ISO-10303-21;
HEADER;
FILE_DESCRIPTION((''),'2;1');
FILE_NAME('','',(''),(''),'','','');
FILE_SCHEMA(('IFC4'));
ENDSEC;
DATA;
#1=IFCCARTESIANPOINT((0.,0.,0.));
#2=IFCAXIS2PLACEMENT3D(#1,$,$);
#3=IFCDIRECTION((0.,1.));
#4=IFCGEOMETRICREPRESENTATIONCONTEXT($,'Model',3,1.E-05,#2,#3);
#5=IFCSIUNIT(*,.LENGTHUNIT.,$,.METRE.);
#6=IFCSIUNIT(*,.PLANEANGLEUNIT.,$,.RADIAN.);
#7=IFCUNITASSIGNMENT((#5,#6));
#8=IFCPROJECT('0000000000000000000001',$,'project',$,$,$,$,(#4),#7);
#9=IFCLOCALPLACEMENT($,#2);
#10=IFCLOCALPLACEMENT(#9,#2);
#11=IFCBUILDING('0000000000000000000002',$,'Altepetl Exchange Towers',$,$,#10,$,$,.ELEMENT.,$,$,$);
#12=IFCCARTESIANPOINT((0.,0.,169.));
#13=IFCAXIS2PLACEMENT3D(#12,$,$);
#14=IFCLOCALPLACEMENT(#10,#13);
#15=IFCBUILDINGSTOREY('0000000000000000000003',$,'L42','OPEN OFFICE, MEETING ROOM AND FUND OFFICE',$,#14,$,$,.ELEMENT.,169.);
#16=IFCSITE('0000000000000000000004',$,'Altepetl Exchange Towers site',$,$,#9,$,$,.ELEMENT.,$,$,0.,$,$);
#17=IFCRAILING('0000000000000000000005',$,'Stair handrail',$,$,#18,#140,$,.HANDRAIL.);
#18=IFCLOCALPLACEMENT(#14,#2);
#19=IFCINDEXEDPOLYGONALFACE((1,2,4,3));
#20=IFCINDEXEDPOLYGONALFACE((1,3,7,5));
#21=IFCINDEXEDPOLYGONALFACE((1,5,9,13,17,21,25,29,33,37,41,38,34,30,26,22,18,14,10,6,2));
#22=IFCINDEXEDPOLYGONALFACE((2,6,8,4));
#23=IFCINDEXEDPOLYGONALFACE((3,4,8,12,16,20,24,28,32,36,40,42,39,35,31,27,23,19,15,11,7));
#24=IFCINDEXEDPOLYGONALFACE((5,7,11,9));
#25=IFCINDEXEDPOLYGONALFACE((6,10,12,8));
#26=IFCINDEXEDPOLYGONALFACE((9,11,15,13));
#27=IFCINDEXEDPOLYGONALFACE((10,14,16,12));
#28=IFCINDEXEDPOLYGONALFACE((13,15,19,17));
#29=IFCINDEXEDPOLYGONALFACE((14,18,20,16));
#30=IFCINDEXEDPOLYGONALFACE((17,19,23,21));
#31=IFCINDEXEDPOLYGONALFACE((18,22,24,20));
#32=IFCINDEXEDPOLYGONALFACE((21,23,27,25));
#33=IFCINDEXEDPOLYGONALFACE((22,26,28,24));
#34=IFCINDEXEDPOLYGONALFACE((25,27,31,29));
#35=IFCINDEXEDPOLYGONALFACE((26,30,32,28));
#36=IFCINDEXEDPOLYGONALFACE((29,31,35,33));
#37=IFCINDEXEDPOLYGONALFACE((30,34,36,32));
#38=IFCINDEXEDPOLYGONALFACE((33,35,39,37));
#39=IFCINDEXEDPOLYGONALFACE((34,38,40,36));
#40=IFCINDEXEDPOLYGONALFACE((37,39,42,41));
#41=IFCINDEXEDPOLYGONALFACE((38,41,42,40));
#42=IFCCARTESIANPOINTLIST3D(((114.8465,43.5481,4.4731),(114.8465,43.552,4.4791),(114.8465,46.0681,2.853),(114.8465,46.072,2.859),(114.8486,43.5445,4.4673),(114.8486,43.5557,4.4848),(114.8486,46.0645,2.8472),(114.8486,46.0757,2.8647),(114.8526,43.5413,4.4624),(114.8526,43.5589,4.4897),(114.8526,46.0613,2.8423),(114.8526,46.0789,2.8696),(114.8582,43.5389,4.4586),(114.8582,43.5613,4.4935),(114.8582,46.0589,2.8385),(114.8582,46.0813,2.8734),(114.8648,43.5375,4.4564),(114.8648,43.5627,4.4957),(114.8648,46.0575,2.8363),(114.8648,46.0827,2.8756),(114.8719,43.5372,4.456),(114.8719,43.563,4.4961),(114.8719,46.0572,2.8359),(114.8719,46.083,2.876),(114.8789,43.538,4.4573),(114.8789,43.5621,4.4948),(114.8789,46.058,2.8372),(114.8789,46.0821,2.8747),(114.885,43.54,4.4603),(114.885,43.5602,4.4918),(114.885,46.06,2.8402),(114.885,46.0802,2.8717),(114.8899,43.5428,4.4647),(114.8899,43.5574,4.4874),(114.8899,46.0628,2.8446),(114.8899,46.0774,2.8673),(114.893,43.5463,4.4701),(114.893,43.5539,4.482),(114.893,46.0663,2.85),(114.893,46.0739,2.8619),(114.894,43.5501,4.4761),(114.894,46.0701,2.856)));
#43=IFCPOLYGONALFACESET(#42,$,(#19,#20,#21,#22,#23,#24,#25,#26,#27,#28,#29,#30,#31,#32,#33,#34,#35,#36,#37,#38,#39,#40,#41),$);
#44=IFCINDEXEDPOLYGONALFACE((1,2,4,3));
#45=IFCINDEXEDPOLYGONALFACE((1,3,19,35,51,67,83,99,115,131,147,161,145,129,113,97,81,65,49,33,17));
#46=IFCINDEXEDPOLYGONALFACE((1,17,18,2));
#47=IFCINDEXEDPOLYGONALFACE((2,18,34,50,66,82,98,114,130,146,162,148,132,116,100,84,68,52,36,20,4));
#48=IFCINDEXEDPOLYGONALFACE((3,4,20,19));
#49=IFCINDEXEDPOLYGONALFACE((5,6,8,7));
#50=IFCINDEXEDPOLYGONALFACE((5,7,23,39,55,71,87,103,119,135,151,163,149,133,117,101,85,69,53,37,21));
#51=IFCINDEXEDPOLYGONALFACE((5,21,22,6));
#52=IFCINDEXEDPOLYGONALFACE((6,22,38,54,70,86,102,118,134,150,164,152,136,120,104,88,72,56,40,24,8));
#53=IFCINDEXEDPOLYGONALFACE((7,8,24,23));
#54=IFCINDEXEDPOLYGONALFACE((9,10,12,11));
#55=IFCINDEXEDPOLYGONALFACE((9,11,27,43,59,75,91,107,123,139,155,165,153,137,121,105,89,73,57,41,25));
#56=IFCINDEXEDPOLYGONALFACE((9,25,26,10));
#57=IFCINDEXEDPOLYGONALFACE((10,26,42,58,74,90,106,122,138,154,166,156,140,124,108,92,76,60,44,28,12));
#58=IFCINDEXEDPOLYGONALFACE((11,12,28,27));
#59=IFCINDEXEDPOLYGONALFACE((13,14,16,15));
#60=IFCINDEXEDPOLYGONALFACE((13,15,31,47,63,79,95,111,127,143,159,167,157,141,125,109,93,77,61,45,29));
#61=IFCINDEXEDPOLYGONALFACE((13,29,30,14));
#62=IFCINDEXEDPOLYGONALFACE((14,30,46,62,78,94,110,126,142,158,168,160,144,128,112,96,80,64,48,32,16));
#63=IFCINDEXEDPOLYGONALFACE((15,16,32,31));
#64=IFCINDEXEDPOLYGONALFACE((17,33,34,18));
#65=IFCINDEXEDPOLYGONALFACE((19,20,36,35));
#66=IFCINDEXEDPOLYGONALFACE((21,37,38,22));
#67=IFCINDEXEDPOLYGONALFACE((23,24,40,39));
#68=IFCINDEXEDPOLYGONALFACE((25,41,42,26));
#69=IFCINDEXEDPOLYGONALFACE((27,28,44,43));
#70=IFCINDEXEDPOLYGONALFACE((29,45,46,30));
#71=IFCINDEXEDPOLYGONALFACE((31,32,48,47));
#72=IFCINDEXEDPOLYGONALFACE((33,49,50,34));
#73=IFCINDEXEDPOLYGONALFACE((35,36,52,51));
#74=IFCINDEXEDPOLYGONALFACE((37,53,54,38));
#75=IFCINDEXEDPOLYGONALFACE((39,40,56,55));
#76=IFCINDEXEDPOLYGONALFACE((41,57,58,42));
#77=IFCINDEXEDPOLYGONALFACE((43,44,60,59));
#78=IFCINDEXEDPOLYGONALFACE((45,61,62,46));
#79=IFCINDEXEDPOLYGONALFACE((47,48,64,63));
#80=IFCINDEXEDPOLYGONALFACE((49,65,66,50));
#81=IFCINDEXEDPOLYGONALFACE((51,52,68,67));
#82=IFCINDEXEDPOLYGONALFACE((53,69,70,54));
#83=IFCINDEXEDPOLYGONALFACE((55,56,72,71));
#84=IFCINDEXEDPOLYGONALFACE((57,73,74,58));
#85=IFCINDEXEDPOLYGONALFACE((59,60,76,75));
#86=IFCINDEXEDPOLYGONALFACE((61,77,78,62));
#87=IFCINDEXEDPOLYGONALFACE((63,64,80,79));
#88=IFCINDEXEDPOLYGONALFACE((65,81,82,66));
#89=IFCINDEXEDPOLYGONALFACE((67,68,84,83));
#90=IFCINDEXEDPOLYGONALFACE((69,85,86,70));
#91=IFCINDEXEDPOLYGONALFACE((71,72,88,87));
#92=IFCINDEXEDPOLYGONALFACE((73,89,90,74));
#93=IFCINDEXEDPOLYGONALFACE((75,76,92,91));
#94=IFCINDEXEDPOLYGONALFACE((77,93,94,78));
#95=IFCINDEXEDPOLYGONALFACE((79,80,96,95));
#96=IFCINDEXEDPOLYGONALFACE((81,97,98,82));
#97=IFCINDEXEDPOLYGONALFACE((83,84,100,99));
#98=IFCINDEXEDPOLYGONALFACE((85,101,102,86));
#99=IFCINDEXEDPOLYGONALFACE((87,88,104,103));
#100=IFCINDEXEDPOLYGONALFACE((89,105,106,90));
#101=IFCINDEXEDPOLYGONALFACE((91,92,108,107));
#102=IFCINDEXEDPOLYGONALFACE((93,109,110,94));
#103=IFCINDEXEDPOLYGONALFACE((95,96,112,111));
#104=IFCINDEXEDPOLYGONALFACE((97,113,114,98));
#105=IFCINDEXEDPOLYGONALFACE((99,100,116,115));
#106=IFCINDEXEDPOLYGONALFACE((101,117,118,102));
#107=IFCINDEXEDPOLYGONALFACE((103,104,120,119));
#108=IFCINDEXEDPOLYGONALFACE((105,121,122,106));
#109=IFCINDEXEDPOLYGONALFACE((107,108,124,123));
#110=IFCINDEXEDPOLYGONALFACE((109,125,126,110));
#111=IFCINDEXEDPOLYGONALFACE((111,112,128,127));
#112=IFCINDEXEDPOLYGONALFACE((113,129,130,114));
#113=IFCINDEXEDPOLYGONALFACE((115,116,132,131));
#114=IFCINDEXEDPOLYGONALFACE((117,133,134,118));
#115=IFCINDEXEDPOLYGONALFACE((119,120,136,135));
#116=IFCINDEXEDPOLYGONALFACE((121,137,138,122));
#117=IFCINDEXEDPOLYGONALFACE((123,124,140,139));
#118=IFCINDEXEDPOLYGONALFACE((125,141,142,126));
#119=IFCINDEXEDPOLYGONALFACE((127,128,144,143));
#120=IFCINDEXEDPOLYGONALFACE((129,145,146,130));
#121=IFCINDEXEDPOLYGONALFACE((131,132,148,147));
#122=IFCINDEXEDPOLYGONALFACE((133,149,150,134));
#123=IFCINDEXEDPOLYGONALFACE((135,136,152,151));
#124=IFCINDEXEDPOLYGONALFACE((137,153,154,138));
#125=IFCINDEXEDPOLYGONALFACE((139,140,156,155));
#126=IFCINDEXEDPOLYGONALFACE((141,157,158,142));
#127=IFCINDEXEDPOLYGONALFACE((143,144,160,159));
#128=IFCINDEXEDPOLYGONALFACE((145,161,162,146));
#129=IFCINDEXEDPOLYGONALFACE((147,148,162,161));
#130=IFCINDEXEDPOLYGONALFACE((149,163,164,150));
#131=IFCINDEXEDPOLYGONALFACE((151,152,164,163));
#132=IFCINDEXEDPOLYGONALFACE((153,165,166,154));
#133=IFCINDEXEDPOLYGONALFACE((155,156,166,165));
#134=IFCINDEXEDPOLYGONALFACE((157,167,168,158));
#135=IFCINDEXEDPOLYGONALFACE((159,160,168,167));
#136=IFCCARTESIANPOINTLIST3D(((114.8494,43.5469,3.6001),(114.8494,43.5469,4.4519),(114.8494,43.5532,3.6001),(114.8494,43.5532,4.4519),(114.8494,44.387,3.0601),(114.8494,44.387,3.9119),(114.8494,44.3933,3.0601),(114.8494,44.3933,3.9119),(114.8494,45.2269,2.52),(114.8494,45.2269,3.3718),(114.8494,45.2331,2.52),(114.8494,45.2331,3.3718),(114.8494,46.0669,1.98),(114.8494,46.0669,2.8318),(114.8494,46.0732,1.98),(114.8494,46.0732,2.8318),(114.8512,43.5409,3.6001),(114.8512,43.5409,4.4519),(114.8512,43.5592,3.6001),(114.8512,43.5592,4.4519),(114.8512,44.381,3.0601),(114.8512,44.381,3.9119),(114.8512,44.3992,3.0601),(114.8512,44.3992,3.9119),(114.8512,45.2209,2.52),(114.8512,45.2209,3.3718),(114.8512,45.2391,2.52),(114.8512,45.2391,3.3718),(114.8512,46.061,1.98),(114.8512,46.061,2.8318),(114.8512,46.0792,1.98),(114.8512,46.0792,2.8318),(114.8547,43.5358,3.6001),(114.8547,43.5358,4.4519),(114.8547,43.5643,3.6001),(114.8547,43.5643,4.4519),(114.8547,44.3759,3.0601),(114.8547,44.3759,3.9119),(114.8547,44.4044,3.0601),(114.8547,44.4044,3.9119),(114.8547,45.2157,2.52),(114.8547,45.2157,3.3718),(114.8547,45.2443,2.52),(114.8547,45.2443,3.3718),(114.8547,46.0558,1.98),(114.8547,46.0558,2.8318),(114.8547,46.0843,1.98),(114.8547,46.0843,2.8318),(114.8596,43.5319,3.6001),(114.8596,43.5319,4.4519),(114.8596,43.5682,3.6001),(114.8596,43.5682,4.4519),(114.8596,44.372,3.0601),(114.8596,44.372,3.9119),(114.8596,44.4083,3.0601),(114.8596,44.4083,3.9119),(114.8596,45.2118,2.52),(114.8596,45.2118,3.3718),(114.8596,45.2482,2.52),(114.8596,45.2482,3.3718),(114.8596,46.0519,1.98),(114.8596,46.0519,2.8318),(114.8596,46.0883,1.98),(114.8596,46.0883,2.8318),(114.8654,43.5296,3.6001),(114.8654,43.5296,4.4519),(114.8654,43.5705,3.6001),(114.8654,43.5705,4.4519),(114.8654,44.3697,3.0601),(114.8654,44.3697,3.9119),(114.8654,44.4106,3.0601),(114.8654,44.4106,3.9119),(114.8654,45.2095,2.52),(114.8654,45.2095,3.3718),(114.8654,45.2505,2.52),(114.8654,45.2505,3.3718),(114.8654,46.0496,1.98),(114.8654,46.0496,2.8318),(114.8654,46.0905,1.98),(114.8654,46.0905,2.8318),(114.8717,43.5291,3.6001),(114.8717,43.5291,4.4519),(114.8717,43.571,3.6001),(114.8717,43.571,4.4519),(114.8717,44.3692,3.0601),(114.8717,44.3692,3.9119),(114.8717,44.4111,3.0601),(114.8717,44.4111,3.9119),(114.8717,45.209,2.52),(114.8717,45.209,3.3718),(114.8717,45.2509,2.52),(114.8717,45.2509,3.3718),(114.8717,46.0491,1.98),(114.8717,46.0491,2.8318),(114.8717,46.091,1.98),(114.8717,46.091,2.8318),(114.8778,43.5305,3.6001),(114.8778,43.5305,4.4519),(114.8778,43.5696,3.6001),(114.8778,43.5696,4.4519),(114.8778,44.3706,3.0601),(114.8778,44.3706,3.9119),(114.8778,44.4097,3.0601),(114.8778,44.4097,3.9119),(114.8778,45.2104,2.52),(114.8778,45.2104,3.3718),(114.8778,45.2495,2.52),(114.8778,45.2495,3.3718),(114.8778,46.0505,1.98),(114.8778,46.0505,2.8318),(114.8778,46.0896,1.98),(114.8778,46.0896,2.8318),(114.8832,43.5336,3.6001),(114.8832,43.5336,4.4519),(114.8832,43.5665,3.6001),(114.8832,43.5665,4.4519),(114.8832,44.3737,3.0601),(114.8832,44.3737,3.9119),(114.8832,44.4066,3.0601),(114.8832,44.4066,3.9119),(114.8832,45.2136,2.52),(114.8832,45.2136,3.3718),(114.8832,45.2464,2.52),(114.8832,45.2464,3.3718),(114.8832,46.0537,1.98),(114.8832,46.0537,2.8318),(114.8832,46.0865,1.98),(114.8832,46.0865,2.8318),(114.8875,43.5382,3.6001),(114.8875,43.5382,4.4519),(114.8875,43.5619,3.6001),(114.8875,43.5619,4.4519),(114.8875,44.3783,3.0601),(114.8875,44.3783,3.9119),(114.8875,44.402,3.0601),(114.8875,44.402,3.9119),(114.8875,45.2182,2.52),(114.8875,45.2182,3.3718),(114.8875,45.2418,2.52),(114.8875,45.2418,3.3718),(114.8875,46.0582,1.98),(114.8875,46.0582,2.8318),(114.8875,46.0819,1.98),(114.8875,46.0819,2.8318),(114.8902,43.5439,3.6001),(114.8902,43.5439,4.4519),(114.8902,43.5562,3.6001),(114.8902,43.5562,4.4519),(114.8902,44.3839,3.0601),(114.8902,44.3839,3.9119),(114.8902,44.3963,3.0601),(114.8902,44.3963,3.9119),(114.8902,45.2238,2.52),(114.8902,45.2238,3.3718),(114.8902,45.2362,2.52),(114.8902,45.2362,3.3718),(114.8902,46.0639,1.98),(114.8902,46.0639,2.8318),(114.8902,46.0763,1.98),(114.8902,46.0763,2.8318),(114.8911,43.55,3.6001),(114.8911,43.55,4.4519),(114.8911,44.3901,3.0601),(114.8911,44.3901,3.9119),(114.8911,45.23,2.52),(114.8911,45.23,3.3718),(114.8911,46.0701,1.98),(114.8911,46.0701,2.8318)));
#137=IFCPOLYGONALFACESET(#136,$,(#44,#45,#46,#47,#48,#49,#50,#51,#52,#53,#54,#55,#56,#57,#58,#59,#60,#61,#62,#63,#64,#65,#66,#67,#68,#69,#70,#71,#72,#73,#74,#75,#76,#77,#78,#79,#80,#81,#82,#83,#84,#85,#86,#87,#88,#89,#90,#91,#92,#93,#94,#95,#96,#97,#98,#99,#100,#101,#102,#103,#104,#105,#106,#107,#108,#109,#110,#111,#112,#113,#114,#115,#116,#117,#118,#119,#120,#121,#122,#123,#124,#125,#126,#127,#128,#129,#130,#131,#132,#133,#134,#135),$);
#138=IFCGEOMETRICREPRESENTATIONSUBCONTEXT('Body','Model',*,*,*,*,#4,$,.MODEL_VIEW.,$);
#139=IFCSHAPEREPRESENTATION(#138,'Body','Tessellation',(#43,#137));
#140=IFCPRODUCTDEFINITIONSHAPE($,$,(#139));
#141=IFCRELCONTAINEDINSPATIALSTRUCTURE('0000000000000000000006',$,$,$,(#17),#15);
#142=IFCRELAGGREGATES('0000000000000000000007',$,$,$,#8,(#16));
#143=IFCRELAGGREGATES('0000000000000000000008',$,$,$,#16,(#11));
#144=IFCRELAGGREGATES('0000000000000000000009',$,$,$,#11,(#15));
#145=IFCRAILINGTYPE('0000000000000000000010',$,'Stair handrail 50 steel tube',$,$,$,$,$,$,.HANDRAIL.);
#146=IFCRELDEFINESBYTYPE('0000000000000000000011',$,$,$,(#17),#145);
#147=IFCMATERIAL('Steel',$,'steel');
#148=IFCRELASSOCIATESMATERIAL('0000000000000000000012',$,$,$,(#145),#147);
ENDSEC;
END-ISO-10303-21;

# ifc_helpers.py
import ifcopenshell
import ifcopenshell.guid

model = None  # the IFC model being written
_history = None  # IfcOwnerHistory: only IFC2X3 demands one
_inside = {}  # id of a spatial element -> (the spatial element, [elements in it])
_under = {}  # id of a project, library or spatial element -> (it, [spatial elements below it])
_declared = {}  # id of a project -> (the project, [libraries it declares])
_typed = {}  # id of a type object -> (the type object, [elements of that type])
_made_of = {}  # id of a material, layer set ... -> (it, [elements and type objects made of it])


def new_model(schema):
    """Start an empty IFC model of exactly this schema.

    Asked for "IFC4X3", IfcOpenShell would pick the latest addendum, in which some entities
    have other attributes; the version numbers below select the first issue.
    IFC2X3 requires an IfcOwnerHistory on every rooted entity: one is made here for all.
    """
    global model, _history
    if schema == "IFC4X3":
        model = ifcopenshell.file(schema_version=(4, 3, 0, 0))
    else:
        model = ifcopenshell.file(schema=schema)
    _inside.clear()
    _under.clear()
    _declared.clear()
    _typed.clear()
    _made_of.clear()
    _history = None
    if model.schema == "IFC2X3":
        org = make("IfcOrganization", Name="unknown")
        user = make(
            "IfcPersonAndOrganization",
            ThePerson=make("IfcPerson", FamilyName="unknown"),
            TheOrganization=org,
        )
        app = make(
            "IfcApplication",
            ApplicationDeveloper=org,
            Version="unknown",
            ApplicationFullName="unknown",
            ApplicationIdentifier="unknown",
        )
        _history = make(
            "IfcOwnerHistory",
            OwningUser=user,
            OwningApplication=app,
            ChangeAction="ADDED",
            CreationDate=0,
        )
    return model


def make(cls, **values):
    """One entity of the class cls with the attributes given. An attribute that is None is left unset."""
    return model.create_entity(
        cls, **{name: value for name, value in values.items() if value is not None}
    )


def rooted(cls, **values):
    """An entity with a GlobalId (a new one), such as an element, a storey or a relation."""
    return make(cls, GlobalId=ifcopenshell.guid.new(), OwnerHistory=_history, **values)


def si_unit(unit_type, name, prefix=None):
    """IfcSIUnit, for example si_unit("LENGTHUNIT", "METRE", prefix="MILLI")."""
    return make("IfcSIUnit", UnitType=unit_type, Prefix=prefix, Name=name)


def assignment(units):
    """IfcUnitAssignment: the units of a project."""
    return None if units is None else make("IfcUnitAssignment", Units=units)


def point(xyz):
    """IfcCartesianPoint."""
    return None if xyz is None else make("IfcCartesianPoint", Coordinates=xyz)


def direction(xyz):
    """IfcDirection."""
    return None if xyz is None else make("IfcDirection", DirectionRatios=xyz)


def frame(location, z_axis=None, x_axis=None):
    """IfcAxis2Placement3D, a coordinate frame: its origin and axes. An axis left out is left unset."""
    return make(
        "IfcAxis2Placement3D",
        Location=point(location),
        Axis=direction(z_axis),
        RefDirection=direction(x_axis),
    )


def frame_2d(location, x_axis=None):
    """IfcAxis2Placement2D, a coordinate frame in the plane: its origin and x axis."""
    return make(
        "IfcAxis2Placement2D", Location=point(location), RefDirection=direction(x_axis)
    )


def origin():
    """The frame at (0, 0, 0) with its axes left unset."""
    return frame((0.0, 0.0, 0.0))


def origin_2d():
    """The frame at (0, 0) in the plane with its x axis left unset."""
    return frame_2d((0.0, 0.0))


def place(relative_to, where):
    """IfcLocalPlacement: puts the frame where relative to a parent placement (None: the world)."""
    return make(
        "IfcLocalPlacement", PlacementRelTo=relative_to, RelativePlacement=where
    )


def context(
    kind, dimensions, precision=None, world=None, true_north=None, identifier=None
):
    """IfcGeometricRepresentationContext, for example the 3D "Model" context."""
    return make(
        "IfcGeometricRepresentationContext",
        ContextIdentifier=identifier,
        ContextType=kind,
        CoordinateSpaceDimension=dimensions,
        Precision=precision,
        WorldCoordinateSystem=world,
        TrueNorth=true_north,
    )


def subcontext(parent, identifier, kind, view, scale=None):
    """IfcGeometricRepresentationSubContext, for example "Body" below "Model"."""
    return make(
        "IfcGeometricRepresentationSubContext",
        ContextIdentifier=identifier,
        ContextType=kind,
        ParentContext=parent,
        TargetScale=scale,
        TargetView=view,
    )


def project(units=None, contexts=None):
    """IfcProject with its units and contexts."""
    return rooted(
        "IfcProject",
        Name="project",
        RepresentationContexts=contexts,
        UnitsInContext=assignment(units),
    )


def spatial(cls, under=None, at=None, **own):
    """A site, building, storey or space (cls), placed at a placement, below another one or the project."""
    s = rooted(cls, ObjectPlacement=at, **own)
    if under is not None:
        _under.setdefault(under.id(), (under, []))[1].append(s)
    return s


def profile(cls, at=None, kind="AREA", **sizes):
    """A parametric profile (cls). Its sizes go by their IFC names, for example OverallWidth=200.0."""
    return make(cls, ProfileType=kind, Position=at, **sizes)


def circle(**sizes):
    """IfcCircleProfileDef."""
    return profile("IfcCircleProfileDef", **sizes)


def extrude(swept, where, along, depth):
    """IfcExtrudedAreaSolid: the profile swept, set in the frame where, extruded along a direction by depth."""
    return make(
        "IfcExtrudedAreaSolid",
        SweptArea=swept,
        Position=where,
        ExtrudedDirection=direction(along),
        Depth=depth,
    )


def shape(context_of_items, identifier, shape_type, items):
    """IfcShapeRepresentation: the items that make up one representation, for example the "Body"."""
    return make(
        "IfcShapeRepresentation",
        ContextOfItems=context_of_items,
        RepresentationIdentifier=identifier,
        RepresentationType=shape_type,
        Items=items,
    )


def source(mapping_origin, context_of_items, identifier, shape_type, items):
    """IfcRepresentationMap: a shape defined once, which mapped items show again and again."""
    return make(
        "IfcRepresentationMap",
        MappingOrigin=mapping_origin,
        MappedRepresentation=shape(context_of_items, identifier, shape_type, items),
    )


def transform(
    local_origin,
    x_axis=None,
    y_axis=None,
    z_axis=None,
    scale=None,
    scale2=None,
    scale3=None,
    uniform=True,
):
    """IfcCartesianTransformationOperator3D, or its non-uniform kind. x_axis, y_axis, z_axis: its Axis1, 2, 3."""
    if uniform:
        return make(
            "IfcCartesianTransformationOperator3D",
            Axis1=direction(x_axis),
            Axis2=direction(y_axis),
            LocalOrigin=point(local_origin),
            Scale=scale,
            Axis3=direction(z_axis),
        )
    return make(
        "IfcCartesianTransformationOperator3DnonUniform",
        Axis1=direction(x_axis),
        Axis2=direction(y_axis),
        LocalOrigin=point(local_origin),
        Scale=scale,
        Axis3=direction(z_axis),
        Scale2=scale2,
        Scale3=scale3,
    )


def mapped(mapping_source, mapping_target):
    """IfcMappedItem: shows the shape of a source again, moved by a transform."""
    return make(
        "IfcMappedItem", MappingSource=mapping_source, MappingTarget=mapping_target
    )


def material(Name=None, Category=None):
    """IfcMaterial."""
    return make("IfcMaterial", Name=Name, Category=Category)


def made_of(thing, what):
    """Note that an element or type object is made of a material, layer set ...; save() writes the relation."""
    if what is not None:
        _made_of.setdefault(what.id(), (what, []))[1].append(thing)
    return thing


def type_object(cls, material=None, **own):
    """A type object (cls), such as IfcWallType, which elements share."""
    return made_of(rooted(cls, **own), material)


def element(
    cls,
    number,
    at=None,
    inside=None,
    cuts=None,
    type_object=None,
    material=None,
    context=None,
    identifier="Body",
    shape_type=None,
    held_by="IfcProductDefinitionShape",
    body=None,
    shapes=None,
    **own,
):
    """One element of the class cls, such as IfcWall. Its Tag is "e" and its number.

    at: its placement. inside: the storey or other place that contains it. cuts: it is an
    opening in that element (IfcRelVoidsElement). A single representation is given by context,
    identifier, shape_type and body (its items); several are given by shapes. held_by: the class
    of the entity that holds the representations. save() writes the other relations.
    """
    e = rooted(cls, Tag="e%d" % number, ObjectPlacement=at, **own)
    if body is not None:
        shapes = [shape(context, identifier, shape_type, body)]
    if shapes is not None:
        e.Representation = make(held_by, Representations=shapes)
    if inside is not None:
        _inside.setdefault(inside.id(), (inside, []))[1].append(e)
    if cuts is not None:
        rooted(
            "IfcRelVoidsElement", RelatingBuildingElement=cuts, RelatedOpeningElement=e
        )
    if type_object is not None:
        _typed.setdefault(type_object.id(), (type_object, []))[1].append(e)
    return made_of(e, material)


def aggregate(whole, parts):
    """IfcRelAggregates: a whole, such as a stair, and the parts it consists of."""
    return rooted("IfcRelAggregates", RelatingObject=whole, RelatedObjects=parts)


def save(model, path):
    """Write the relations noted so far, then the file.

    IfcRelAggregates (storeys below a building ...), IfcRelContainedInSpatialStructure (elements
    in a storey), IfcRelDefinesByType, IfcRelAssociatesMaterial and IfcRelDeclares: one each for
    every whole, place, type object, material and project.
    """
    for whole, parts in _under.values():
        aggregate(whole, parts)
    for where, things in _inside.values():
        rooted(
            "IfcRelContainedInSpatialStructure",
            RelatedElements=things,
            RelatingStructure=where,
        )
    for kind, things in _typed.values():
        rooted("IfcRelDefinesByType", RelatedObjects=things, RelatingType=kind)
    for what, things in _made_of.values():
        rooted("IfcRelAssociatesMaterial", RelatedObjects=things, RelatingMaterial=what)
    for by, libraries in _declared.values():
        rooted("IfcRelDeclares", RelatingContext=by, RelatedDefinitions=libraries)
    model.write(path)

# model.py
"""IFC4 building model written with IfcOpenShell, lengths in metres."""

from ifc_helpers import new_model, si_unit, direction, frame, origin, origin_2d, place, context, subcontext, project, spatial, circle, extrude, source, transform, mapped, material, type_object, element, save


model = new_model("IFC4")

# Units and contexts
model_context = context("Model", 3, precision=1e-05, world=origin(), true_north=direction((0.0, 1.0)))
body_context = subcontext(model_context, "Body", "Model", "MODEL_VIEW")
ifc_project = project(units=[si_unit("LENGTHUNIT", "METRE"), si_unit("PLANEANGLEUNIT", "RADIAN")], contexts=[model_context])

# Site, building, storey
site_placement = place(None, origin())
site = spatial("IfcSite", under=ifc_project, at=site_placement, Name="Altepetl Exchange Towers site", CompositionType="ELEMENT", RefElevation=0.0)
building_placement = place(site_placement, origin())
building = spatial("IfcBuilding", under=site, at=building_placement, Name="Altepetl Exchange Towers", CompositionType="ELEMENT")
storey_placement = place(building_placement, frame((0.0, 0.0, 169.0)))
storey = spatial("IfcBuildingStorey", under=building, at=storey_placement, Name="L42", Description="OPEN OFFICE, MEETING ROOM AND FUND OFFICE", CompositionType="ELEMENT", Elevation=169.0)

# Railing
ifc_material_1 = material(Name="Steel", Category="steel")
railing_type = type_object("IfcRailingType", Name="Stair handrail 50 steel tube", PredefinedType="HANDRAIL", material=ifc_material_1)
shared_shape = source(origin(), body_context, "Body", "SweptSolid", [
    extrude(circle(Radius=0.021, at=origin_2d()), origin(), (0.0, 0.0, 1.0), 0.8518),
])
railing_1_placement = place(storey_placement, frame((114.8701, 46.0701, 1.98)))
element("IfcRailing", 1, at=railing_1_placement, inside=storey, type_object=railing_type, Name="Stair handrail", PredefinedType="HANDRAIL", context=body_context, shape_type="SweptSolid", body=[
    extrude(circle(Radius=0.0239, at=origin_2d()), frame((0.0, 0.0, 0.876), z_axis=(0.0, -0.841163, 0.540782), x_axis=(1.0, 0.0, 0.0)), (0.0, 0.0, 1.0), 2.9958),
    mapped(shared_shape, transform((0.0, 0.0, 0.0))),
    mapped(shared_shape, transform((0.0, -0.8401, 0.54))),
    mapped(shared_shape, transform((0.0, -1.6799, 1.0801))),
    mapped(shared_shape, transform((0.0, -2.52, 1.6201))),
])

save(model, "model.ifc")
